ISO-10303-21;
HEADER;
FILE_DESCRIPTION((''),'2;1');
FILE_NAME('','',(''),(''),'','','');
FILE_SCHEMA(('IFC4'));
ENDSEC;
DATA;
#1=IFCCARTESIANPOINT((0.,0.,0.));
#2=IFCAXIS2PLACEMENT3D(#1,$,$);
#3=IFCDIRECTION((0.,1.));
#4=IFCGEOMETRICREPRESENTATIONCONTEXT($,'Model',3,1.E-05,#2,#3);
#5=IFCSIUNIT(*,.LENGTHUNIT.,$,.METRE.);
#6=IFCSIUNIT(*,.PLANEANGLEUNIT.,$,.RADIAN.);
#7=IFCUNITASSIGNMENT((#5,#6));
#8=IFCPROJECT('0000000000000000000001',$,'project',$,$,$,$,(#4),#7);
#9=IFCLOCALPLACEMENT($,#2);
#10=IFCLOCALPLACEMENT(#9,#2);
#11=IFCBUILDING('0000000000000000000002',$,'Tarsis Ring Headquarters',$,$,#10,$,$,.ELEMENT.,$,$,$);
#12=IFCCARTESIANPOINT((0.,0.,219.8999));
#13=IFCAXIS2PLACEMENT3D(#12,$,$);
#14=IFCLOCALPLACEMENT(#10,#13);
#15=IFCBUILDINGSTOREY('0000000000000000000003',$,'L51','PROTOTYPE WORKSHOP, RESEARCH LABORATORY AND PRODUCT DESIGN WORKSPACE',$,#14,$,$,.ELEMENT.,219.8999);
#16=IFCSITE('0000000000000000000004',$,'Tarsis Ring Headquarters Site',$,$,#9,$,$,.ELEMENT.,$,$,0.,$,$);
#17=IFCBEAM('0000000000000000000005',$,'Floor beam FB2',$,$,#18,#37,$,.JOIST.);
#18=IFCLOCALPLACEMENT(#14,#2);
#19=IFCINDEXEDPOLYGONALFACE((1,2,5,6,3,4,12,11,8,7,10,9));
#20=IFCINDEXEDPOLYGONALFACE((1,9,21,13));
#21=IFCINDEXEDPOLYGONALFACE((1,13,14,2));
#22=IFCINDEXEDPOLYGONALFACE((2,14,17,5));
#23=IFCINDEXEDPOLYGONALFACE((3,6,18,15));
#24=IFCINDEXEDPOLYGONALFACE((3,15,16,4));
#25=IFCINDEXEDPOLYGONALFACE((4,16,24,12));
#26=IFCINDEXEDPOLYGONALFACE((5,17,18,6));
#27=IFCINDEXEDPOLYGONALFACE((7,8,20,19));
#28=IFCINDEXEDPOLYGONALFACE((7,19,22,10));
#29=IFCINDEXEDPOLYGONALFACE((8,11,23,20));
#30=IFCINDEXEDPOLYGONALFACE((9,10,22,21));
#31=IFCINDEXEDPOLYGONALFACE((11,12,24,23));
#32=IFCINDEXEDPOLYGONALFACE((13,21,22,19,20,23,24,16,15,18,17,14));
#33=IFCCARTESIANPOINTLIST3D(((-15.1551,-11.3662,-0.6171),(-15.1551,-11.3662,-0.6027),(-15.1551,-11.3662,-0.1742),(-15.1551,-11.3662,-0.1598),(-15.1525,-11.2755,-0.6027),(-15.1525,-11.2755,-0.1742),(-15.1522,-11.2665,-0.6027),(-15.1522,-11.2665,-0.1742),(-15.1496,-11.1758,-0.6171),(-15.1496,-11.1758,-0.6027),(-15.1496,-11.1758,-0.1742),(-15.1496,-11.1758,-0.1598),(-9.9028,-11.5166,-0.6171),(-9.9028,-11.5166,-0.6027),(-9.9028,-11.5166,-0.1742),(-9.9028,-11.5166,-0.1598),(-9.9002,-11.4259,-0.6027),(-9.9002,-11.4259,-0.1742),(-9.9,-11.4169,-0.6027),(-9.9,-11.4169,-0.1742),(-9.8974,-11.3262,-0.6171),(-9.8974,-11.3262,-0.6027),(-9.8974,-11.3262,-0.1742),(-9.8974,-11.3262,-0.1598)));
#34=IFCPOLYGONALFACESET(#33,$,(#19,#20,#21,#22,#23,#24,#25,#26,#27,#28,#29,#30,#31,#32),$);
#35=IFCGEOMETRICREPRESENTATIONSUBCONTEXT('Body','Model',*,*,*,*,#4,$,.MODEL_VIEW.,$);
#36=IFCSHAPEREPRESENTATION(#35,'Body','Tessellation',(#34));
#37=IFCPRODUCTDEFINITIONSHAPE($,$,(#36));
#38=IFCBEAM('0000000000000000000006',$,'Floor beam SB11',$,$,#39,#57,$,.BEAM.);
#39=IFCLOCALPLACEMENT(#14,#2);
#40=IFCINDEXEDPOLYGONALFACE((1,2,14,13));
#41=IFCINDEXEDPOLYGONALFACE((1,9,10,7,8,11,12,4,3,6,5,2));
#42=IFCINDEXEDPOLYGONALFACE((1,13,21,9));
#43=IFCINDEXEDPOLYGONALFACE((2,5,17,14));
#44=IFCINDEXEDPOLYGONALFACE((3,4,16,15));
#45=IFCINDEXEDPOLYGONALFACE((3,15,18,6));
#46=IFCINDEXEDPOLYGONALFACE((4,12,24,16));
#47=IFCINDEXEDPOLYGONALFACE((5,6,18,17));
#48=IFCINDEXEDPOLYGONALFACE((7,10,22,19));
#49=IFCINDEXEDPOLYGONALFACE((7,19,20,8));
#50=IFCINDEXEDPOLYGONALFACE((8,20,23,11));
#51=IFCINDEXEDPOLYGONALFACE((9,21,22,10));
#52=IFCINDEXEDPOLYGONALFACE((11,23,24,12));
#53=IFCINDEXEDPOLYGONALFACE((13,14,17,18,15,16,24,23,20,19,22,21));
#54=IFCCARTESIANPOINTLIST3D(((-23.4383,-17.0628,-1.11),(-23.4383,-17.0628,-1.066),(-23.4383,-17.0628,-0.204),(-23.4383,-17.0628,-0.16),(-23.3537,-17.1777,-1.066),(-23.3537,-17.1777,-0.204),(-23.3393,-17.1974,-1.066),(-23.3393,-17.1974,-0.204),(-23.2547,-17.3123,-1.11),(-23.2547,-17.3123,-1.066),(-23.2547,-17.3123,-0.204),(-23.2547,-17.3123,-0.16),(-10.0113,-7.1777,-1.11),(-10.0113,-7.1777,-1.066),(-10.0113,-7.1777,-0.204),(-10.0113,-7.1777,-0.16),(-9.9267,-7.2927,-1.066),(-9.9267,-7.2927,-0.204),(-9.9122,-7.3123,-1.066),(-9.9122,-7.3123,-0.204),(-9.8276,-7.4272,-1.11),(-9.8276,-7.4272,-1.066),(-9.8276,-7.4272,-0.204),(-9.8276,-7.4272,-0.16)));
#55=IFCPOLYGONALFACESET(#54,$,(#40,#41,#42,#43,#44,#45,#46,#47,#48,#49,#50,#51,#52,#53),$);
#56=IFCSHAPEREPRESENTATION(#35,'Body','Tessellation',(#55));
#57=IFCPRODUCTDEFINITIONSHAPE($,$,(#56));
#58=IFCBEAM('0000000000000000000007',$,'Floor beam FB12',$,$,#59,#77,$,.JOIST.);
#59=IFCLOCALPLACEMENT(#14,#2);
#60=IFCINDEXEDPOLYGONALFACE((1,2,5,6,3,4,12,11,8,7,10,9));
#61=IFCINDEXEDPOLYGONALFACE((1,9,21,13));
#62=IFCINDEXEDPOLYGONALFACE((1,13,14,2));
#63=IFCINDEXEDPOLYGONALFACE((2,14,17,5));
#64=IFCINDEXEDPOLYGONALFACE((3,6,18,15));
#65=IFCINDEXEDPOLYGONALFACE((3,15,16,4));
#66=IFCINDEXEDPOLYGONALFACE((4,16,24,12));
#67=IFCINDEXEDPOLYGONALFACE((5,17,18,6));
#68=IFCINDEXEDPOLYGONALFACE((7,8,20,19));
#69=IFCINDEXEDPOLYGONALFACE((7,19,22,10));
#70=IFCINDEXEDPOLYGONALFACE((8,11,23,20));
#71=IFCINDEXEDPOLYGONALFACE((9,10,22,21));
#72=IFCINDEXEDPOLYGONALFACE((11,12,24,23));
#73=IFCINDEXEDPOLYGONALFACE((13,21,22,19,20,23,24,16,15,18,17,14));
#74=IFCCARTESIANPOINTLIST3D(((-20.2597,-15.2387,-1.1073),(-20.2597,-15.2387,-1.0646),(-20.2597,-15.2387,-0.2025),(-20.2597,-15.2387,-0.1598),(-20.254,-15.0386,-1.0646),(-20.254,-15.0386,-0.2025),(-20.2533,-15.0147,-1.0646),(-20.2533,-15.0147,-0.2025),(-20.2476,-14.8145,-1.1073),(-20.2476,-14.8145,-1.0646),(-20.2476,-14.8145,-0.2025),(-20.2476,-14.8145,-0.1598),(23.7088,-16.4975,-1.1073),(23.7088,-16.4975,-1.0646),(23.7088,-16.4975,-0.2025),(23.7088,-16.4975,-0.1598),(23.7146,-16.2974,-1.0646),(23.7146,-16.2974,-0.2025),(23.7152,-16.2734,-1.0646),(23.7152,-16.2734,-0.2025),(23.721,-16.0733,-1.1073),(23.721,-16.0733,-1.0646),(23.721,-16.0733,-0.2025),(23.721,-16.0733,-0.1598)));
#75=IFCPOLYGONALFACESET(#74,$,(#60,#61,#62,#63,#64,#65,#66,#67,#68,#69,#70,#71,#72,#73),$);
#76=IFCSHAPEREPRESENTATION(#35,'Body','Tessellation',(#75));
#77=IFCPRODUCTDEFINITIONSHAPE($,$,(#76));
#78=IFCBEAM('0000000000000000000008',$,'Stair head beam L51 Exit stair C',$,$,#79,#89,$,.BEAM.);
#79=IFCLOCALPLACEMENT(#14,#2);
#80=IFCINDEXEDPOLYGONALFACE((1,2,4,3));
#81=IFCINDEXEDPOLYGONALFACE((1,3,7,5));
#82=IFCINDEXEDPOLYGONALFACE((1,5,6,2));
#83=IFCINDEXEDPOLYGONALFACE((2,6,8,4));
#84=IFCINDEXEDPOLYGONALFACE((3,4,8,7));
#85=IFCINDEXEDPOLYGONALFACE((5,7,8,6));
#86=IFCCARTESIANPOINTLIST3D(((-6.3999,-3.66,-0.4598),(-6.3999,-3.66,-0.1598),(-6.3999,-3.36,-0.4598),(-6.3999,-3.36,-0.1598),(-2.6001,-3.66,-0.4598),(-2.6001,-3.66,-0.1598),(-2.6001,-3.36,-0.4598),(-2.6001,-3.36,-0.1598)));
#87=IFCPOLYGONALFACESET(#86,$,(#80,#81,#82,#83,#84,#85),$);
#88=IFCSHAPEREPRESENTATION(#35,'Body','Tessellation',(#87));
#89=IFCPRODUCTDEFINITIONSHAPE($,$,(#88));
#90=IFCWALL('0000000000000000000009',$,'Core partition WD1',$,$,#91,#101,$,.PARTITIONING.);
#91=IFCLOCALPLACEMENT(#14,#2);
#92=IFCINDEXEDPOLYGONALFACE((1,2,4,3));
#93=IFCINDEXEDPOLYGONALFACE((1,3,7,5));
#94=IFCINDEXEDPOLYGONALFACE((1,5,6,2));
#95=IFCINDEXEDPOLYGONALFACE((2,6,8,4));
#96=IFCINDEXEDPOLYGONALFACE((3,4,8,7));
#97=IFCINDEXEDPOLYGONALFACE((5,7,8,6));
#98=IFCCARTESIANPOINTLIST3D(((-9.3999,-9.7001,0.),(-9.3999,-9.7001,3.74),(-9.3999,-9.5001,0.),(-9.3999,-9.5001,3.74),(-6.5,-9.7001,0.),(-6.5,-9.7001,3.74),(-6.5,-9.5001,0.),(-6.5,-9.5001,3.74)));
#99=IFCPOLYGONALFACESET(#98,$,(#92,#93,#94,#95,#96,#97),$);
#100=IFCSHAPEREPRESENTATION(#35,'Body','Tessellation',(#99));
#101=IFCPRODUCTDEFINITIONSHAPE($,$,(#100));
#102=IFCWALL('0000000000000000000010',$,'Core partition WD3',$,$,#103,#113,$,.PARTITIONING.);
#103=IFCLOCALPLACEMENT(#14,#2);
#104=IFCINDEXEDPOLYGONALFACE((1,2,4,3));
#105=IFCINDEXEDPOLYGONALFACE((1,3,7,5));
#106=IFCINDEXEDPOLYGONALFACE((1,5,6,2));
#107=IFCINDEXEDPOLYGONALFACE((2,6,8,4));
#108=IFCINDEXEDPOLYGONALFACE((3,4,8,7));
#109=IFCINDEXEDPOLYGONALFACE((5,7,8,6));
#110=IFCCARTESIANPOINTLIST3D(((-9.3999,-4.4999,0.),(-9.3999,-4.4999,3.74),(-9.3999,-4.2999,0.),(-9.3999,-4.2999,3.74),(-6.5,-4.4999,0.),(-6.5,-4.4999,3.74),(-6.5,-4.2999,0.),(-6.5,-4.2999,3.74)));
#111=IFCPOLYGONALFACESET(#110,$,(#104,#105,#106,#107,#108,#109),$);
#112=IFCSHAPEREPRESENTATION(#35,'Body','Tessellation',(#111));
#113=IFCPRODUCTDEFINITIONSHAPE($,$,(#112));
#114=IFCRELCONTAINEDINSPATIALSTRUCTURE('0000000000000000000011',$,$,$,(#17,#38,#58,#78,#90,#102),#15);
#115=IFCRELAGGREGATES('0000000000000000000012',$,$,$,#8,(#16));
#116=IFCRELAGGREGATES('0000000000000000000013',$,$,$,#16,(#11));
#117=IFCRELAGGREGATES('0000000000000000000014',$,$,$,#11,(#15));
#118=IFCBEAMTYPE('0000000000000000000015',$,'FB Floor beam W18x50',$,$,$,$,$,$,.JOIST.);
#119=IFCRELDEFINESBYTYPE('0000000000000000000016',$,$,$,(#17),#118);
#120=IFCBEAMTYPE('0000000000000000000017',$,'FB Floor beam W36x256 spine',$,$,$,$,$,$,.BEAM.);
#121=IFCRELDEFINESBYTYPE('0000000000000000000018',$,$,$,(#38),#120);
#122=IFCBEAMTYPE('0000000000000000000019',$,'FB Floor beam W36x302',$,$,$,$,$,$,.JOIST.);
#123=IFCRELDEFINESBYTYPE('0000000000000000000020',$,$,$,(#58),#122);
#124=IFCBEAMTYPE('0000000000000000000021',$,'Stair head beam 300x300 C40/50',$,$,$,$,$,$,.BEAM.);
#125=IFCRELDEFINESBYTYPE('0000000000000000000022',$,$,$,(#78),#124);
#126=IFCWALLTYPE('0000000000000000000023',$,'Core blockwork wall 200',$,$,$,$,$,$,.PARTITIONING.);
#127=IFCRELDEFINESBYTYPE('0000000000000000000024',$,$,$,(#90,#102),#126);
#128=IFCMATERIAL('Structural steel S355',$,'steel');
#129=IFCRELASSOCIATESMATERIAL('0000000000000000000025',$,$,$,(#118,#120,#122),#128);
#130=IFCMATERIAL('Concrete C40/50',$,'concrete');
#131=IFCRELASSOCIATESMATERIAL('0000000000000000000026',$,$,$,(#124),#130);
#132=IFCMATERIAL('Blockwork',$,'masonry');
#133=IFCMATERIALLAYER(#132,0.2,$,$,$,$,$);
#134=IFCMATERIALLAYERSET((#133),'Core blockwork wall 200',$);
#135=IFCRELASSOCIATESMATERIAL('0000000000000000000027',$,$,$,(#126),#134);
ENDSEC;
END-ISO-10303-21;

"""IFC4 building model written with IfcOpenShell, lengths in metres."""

from ifc_helpers import new_model, si_unit, direction, frame, frame_2d, origin, origin_2d, place, context, subcontext, project, spatial, rectangle, i_section, extrude, material, layer, layer_set, material_profile, profile_set, type_object, element, save


model = new_model("IFC4")

# Units and contexts
model_context = context("Model", 3, precision=1e-05, world=origin(), true_north=direction((0.0, 1.0)))
body_context = subcontext(model_context, "Body", "Model", "MODEL_VIEW")
ifc_project = project(units=[si_unit("LENGTHUNIT", "METRE"), si_unit("PLANEANGLEUNIT", "RADIAN")], contexts=[model_context])

# Site, building, storey
site_placement = place(None, origin())
site = spatial("IfcSite", under=ifc_project, at=site_placement, Name="Tarsis Ring Headquarters Site", CompositionType="ELEMENT", RefElevation=0.0)
building_placement = place(site_placement, origin())
building = spatial("IfcBuilding", under=site, at=building_placement, Name="Tarsis Ring Headquarters", CompositionType="ELEMENT")
storey_placement = place(building_placement, frame((0.0, 0.0, 219.8999)))
storey = spatial("IfcBuildingStorey", under=building, at=storey_placement, Name="L51", Description="PROTOTYPE WORKSHOP, RESEARCH LABORATORY AND PRODUCT DESIGN WORKSPACE", CompositionType="ELEMENT", Elevation=219.8999)

# Beams
ifc_material_1 = material(Name="Structural steel S355", Category="steel")
ifc_material_profile_1 = material_profile(ifc_material_1, i_section(OverallWidth=0.1904, OverallDepth=0.4573, WebThickness=0.009, FlangeThickness=0.0144, at=origin_2d()), Name="W18x50")
ifc_profile_set_1 = profile_set([ifc_material_profile_1], Name="Structural steel S355")
beam_type_1 = type_object("IfcBeamType", Name="FB Floor beam W18x50", PredefinedType="JOIST", material=ifc_profile_set_1)
beam_1_placement = place(storey_placement, frame((-15.1523, -11.271, -0.3884), z_axis=(0.99959, -0.028622, 0.0), x_axis=(0.028622, 0.99959, 0.0)))
element("IfcBeam", 1, at=beam_1_placement, inside=storey, type_object=beam_type_1, Name="Floor beam FB2", PredefinedType="JOIST", context=body_context, shape_type="SweptSolid", body=[
    extrude(i_section(OverallWidth=0.1904, OverallDepth=0.4573, WebThickness=0.009, FlangeThickness=0.0144, at=origin_2d()), origin(), (0.0, 0.0, 1.0), 5.2544),
])
ifc_material_profile_2 = material_profile(ifc_material_1, i_section(OverallWidth=0.3098, OverallDepth=0.95, WebThickness=0.0244, FlangeThickness=0.0439, at=origin_2d()), Name="W36x256")
ifc_profile_set_2 = profile_set([ifc_material_profile_2], Name="Structural steel S355")
beam_type_2 = type_object("IfcBeamType", Name="FB Floor beam W36x256 spine", PredefinedType="BEAM", material=ifc_profile_set_2)
beam_2_placement = place(storey_placement, frame((-9.9194, -7.3025, -0.635), z_axis=(-0.805301, -0.592866, 0.0), x_axis=(0.592866, -0.805301, 0.0)))
element("IfcBeam", 2, at=beam_2_placement, inside=storey, type_object=beam_type_2, Name="Floor beam SB11", PredefinedType="BEAM", context=body_context, shape_type="SweptSolid", body=[
    extrude(i_section(OverallWidth=0.3098, OverallDepth=0.95, WebThickness=0.0244, FlangeThickness=0.0439, at=origin_2d()), origin(), (0.0, 0.0, 1.0), 16.6733),
])
ifc_material_profile_3 = material_profile(ifc_material_1, i_section(OverallWidth=0.4243, OverallDepth=0.9475, WebThickness=0.0239, FlangeThickness=0.0427, at=origin_2d()), Name="W36x302")
ifc_profile_set_3 = profile_set([ifc_material_profile_3], Name="Structural steel S355")
beam_type_3 = type_object("IfcBeamType", Name="FB Floor beam W36x302", PredefinedType="JOIST", material=ifc_profile_set_3)
beam_3_placement = place(storey_placement, frame((-20.2537, -15.0266, -0.6335), z_axis=(0.99959, -0.028618, 0.0), x_axis=(0.028618, 0.99959, 0.0)))
element("IfcBeam", 3, at=beam_3_placement, inside=storey, type_object=beam_type_3, Name="Floor beam FB12", PredefinedType="JOIST", context=body_context, shape_type="SweptSolid", body=[
    extrude(i_section(OverallWidth=0.4243, OverallDepth=0.9475, WebThickness=0.0239, FlangeThickness=0.0427, at=origin_2d()), origin(), (0.0, 0.0, 1.0), 43.9866),
])
ifc_material_2 = material(Name="Concrete C40/50", Category="concrete")
ifc_material_profile_4 = material_profile(ifc_material_2, rectangle(XDim=0.3, YDim=0.3, at=origin_2d()), Name="Stair head beam 300x300 C40/50")
ifc_profile_set_4 = profile_set([ifc_material_profile_4], Name="Concrete C40/50")
beam_type_4 = type_object("IfcBeamType", Name="Stair head beam 300x300 C40/50", PredefinedType="BEAM", material=ifc_profile_set_4)
beam_4_placement = place(storey_placement, frame((-6.3999, -3.51, -0.3098), z_axis=(1.0, 0.0, 0.0), x_axis=(0.0, 1.0, 0.0)))
element("IfcBeam", 4, at=beam_4_placement, inside=storey, type_object=beam_type_4, Name="Stair head beam L51 Exit stair C", PredefinedType="BEAM", context=body_context, shape_type="SweptSolid", body=[
    extrude(rectangle(XDim=0.3, YDim=0.3, at=origin_2d()), origin(), (0.0, 0.0, 1.0), 3.7998),
])

# Walls
ifc_material_3 = material(Name="Blockwork", Category="masonry")
ifc_layer_1 = layer(ifc_material_3, 0.2)
ifc_layer_set_1 = layer_set([ifc_layer_1], Name="Core blockwork wall 200")
wall_type_1 = type_object("IfcWallType", Name="Core blockwork wall 200", PredefinedType="PARTITIONING", material=ifc_layer_set_1)
for number, where, z_axis, x_axis, name in (
    (5, (-9.3999, -9.6001, 0.0), (0.0, 0.0, 1.0), (1.0, 0.0, 0.0), "Core partition WD1"),
    (6, (-9.3999, -4.3999, 0.0), (0.0, 0.0, 1.0), (1.0, 0.0, 0.0), "Core partition WD3"),
):
    element("IfcWall", number, at=place(storey_placement, frame(where, z_axis=z_axis, x_axis=x_axis)), inside=storey, type_object=wall_type_1, Name=name, PredefinedType="PARTITIONING", context=body_context, shape_type="SweptSolid", body=[
        extrude(rectangle(XDim=2.8999, YDim=0.2, at=frame_2d((1.45, 0.0))), origin(), (0.0, 0.0, 1.0), 3.74),
    ])

save(model, "model.ifc")
